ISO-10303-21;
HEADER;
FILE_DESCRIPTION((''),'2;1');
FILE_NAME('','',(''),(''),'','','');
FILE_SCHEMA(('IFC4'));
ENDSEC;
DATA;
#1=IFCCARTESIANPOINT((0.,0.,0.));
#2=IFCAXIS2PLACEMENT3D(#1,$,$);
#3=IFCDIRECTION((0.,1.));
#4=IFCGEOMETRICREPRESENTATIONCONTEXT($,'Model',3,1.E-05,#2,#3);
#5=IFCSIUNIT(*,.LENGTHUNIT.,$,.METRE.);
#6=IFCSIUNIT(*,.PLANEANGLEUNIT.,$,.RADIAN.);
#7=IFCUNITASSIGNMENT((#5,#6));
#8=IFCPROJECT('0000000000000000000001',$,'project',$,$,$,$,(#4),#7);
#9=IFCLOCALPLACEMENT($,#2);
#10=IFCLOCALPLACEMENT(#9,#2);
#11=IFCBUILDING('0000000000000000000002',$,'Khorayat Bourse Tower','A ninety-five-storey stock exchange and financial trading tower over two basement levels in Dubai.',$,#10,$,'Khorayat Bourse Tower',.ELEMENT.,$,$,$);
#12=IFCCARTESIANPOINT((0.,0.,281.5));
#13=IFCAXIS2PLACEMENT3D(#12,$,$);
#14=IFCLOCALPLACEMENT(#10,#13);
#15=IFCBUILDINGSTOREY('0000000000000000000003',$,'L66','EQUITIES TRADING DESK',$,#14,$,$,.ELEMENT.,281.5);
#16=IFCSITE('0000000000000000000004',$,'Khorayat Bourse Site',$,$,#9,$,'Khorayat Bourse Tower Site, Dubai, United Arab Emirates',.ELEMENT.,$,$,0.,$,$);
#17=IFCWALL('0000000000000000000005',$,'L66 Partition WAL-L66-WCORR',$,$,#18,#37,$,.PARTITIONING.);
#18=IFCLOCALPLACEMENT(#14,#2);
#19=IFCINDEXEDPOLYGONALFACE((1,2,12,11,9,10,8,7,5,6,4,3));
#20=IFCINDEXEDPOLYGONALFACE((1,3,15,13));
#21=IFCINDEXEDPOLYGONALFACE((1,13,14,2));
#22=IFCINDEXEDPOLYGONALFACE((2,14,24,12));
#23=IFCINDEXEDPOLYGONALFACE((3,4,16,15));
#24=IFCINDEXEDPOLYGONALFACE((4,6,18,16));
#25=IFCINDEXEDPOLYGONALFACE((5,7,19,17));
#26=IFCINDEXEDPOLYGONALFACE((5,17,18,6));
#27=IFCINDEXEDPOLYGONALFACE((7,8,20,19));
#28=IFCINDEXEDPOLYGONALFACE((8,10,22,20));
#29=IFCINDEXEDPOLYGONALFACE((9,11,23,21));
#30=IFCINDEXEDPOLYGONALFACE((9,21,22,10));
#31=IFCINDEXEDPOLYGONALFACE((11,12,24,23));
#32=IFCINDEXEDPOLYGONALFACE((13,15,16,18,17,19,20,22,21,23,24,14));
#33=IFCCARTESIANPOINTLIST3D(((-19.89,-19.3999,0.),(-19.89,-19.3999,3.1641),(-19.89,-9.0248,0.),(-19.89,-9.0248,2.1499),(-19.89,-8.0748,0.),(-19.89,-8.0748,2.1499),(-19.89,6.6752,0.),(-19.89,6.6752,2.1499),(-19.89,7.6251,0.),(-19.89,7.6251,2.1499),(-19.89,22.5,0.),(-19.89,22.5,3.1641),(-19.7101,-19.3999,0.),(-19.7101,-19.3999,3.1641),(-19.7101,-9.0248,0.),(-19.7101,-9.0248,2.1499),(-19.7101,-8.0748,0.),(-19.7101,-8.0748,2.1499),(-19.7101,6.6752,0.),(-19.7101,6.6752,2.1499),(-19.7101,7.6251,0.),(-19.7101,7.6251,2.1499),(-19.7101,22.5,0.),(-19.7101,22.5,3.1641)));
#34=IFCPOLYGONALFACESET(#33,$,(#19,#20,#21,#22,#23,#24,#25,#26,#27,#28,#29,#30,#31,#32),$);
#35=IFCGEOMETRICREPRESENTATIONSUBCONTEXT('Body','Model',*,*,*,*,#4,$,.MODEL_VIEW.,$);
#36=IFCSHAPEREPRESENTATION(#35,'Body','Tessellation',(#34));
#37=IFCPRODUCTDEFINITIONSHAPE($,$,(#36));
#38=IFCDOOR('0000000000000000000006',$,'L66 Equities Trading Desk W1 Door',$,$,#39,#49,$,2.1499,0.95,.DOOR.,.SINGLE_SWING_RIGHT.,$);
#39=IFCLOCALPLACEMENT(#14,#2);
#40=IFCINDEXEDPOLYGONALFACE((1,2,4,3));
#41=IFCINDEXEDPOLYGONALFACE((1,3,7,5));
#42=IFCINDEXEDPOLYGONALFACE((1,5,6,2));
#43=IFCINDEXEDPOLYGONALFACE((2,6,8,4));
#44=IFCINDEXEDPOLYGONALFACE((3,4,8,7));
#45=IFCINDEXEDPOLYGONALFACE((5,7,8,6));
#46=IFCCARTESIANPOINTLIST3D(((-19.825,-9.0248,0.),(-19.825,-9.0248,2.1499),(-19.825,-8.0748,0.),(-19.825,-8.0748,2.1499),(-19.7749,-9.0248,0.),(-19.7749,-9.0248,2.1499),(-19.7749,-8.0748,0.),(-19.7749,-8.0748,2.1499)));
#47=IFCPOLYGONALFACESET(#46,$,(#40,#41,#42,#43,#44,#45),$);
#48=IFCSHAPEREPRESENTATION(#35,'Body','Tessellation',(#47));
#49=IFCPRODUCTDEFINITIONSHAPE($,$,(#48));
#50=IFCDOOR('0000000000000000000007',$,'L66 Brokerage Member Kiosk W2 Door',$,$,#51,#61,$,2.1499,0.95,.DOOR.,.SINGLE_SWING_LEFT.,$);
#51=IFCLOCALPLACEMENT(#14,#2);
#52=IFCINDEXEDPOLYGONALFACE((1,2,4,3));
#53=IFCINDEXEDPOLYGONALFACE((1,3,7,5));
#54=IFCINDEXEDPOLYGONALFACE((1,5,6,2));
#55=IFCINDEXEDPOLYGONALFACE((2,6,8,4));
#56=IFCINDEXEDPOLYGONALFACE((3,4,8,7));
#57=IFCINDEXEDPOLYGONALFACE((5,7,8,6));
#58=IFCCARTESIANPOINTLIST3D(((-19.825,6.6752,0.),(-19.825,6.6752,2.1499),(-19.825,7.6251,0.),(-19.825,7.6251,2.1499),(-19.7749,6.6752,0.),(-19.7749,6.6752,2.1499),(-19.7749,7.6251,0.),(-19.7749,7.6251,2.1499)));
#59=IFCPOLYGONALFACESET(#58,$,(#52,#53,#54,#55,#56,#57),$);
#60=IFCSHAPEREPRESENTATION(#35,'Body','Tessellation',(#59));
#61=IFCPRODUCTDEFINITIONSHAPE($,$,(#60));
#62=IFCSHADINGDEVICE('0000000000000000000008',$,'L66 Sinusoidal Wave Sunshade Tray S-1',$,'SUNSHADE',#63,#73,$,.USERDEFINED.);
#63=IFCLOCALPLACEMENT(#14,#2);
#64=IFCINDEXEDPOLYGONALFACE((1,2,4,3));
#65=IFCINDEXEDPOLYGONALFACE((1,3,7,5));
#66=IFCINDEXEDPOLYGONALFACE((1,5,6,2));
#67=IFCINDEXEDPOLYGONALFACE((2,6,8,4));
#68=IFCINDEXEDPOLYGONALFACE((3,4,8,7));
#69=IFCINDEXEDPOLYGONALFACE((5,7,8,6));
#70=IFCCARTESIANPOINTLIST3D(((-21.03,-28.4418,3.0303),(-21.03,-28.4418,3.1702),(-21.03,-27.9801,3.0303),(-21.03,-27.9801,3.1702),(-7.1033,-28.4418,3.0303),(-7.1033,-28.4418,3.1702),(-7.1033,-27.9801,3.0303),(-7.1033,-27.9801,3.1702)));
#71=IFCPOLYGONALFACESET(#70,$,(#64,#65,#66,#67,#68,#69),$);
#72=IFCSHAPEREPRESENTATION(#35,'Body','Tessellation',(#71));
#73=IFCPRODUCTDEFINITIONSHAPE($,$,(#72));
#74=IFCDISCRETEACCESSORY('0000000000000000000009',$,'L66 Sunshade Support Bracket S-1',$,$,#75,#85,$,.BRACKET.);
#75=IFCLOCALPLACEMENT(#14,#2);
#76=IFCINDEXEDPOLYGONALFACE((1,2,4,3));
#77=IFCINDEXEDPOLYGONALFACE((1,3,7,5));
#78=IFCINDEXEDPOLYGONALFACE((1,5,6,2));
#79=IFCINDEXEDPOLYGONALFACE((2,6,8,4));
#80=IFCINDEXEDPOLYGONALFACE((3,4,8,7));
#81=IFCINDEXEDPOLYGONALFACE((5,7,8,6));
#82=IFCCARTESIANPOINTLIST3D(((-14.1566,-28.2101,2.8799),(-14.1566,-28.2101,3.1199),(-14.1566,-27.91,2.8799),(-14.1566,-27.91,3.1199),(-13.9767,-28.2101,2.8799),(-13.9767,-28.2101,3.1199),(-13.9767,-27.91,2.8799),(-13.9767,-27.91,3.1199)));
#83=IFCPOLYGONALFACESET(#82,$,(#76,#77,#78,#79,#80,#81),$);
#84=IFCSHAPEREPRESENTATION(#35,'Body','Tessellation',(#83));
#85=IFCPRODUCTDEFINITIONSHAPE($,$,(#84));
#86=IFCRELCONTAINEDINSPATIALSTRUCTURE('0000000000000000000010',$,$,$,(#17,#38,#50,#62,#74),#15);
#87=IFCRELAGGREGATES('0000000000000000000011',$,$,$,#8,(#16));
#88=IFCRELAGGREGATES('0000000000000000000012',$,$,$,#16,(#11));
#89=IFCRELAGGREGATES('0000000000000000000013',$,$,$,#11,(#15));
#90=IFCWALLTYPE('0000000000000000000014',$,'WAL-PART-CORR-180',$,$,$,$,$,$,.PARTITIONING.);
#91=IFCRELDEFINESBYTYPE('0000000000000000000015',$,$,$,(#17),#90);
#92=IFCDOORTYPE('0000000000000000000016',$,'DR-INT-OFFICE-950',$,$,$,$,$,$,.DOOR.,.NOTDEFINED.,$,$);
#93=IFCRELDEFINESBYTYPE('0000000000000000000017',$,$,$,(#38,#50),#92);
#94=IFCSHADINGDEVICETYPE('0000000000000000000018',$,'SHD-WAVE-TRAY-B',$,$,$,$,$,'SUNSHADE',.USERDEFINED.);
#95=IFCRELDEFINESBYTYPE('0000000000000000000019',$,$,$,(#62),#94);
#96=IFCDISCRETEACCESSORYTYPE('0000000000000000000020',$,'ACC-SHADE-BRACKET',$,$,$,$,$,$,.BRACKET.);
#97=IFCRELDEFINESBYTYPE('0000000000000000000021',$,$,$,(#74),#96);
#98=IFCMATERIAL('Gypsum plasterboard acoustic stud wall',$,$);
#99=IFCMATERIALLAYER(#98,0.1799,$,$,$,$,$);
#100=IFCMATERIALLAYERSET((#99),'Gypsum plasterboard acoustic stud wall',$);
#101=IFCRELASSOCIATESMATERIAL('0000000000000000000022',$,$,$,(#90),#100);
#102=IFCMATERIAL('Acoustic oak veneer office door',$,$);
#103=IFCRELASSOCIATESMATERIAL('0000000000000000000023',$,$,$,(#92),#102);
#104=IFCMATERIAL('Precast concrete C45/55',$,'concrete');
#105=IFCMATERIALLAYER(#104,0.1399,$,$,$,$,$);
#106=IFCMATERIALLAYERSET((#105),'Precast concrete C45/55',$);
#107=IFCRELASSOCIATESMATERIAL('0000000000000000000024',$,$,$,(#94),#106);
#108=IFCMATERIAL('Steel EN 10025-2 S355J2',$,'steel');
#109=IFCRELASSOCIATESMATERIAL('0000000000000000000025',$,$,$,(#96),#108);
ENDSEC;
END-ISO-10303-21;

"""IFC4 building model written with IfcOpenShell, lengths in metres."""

from ifc_helpers import new_model, si_unit, direction, frame, frame_2d, origin, origin_2d, place, context, subcontext, project, spatial, rectangle, extrude, source, transform, mapped, material, layer, layer_set, type_object, element, fill, save


model = new_model("IFC4")

# Units and contexts
model_context = context("Model", 3, precision=1e-05, world=origin(), true_north=direction((0.0, 1.0)))
body_context = subcontext(model_context, "Body", "Model", "MODEL_VIEW")
ifc_project = project(units=[si_unit("LENGTHUNIT", "METRE"), si_unit("PLANEANGLEUNIT", "RADIAN")], contexts=[model_context])

# Site, building, storey
site_placement = place(None, origin())
site = spatial("IfcSite", under=ifc_project, at=site_placement, Name="Khorayat Bourse Site", LongName="Khorayat Bourse Tower Site, Dubai, United Arab Emirates", CompositionType="ELEMENT", RefElevation=0.0)
building_placement = place(site_placement, origin())
building = spatial("IfcBuilding", under=site, at=building_placement, Name="Khorayat Bourse Tower", Description="A ninety-five-storey stock exchange and financial trading tower over two basement levels in Dubai.", LongName="Khorayat Bourse Tower", CompositionType="ELEMENT")
storey_placement = place(building_placement, frame((0.0, 0.0, 281.5)))
storey = spatial("IfcBuildingStorey", under=building, at=storey_placement, Name="L66", Description="EQUITIES TRADING DESK", CompositionType="ELEMENT", Elevation=281.5)

# Shared definitions
ifc_material_1 = material(Name="Gypsum plasterboard acoustic stud wall")
ifc_layer_1 = layer(ifc_material_1, 0.1799)
ifc_layer_set_1 = layer_set([ifc_layer_1], Name="Gypsum plasterboard acoustic stud wall")
wall_type_1 = type_object("IfcWallType", Name="WAL-PART-CORR-180", PredefinedType="PARTITIONING", material=ifc_layer_set_1)
ifc_material_2 = material(Name="Acoustic oak veneer office door")
door_type_1 = type_object("IfcDoorType", Name="DR-INT-OFFICE-950", OperationType="NOTDEFINED", PredefinedType="DOOR", material=ifc_material_2)
shared_shape_1 = source(origin(), body_context, "Body", "SweptSolid", [
    extrude(rectangle(XDim=0.95, YDim=2.1499, at=frame_2d((0.4751, 1.075))), frame((0.0, 0.0249, 0.0), z_axis=(0.0, -1.0, 0.0), x_axis=(1.0, 0.0, 0.0)), (0.0, 0.0, 1.0), 0.05),
])

# Wall, openings, doors
shared_shape_2 = source(origin(), body_context, "Body", "SweptSolid", [
    extrude(rectangle(XDim=41.8999, YDim=0.1799, at=frame_2d((20.95, 0.0))), origin(), (0.0, 0.0, 1.0), 3.1641),
])
wall_1_placement = place(storey_placement, frame((-19.8, -19.3999, 0.0), z_axis=(0.0, 0.0, 1.0), x_axis=(0.0, 1.0, 0.0)))
wall_1 = element("IfcWall", 1, at=wall_1_placement, inside=storey, type_object=wall_type_1, Name="L66 Partition WAL-L66-WCORR", PredefinedType="PARTITIONING", context=body_context, shape_type="MappedRepresentation", body=[
    mapped(shared_shape_2, transform((0.0, 0.0, 0.0), scale=1.0)),
])
shared_shape_3 = source(origin(), body_context, "Body", "SweptSolid", [
    extrude(rectangle(XDim=0.95, YDim=2.1499, at=frame_2d((0.4751, 1.075))), frame((0.0, 0.0999, 0.0), z_axis=(0.0, -1.0, 0.0), x_axis=(1.0, 0.0, 0.0)), (0.0, 0.0, 1.0), 0.2),
])
opening_1_placement = place(wall_1_placement, frame((10.375, 0.0, 0.0)))
opening_1 = element("IfcOpeningElement", 2, at=opening_1_placement, cuts=wall_1, PredefinedType="OPENING", context=body_context, shape_type="MappedRepresentation", body=[
    mapped(shared_shape_3, transform((0.0, 0.0, 0.0), scale=1.0)),
])
opening_2_placement = place(wall_1_placement, frame((26.075, 0.0, 0.0)))
opening_2 = element("IfcOpeningElement", 3, at=opening_2_placement, cuts=wall_1, PredefinedType="OPENING", context=body_context, shape_type="MappedRepresentation", body=[
    mapped(shared_shape_3, transform((0.0, 0.0, 0.0), scale=1.0)),
])
door_1_placement = place(opening_1_placement, origin())
door_1 = element("IfcDoor", 4, at=door_1_placement, inside=storey, type_object=door_type_1, Name="L66 Equities Trading Desk W1 Door", OperationType="SINGLE_SWING_RIGHT", OverallHeight=2.1499, OverallWidth=0.95, PredefinedType="DOOR", context=body_context, shape_type="MappedRepresentation", body=[
    mapped(shared_shape_1, transform((0.0, 0.0, 0.0), scale=1.0)),
])
fill(opening_1, door_1)
door_2_placement = place(opening_2_placement, origin())
door_2 = element("IfcDoor", 5, at=door_2_placement, inside=storey, type_object=door_type_1, Name="L66 Brokerage Member Kiosk W2 Door", OperationType="SINGLE_SWING_LEFT", OverallHeight=2.1499, OverallWidth=0.95, PredefinedType="DOOR", context=body_context, shape_type="MappedRepresentation", body=[
    mapped(shared_shape_1, transform((0.0, 0.0, 0.0), scale=1.0)),
])
fill(opening_2, door_2)

# Shading device
ifc_material_3 = material(Name="Precast concrete C45/55", Category="concrete")
ifc_layer_2 = layer(ifc_material_3, 0.1399)
ifc_layer_set_2 = layer_set([ifc_layer_2], Name="Precast concrete C45/55")
shading_device_type = type_object("IfcShadingDeviceType", Name="SHD-WAVE-TRAY-B", ElementType="SUNSHADE", PredefinedType="USERDEFINED", material=ifc_layer_set_2)
shared_shape_4 = source(origin(), body_context, "Body", "SweptSolid", [
    extrude(rectangle(XDim=13.9268, YDim=0.4617, at=origin_2d()), origin(), (0.0, 0.0, 1.0), 0.1399),
])
shading_device_placement = place(storey_placement, frame((-14.0667, -28.2109, 3.0303), z_axis=(0.0, 0.0, 1.0), x_axis=(1.0, 0.0, 0.0)))
element("IfcShadingDevice", 6, at=shading_device_placement, inside=storey, type_object=shading_device_type, Name="L66 Sinusoidal Wave Sunshade Tray S-1", ObjectType="SUNSHADE", PredefinedType="USERDEFINED", context=body_context, shape_type="MappedRepresentation", body=[
    mapped(shared_shape_4, transform((0.0, 0.0, 0.0), scale=1.0)),
])

# Discrete accessory
ifc_material_4 = material(Name="Steel EN 10025-2 S355J2", Category="steel")
discrete_accessory_type = type_object("IfcDiscreteAccessoryType", Name="ACC-SHADE-BRACKET", PredefinedType="BRACKET", material=ifc_material_4)
shared_shape_5 = source(origin(), body_context, "Body", "SweptSolid", [
    extrude(rectangle(XDim=0.1799, YDim=0.3, at=origin_2d()), origin(), (0.0, 0.0, 1.0), 0.24),
])
discrete_accessory_placement = place(storey_placement, frame((-14.0667, -28.0601, 2.8799), z_axis=(0.0, 0.0, 1.0), x_axis=(1.0, 0.0, 0.0)))
element("IfcDiscreteAccessory", 7, at=discrete_accessory_placement, inside=storey, type_object=discrete_accessory_type, Name="L66 Sunshade Support Bracket S-1", PredefinedType="BRACKET", context=body_context, shape_type="MappedRepresentation", body=[
    mapped(shared_shape_5, transform((0.0, 0.0, 0.0), scale=1.0)),
])

save(model, "model.ifc")
